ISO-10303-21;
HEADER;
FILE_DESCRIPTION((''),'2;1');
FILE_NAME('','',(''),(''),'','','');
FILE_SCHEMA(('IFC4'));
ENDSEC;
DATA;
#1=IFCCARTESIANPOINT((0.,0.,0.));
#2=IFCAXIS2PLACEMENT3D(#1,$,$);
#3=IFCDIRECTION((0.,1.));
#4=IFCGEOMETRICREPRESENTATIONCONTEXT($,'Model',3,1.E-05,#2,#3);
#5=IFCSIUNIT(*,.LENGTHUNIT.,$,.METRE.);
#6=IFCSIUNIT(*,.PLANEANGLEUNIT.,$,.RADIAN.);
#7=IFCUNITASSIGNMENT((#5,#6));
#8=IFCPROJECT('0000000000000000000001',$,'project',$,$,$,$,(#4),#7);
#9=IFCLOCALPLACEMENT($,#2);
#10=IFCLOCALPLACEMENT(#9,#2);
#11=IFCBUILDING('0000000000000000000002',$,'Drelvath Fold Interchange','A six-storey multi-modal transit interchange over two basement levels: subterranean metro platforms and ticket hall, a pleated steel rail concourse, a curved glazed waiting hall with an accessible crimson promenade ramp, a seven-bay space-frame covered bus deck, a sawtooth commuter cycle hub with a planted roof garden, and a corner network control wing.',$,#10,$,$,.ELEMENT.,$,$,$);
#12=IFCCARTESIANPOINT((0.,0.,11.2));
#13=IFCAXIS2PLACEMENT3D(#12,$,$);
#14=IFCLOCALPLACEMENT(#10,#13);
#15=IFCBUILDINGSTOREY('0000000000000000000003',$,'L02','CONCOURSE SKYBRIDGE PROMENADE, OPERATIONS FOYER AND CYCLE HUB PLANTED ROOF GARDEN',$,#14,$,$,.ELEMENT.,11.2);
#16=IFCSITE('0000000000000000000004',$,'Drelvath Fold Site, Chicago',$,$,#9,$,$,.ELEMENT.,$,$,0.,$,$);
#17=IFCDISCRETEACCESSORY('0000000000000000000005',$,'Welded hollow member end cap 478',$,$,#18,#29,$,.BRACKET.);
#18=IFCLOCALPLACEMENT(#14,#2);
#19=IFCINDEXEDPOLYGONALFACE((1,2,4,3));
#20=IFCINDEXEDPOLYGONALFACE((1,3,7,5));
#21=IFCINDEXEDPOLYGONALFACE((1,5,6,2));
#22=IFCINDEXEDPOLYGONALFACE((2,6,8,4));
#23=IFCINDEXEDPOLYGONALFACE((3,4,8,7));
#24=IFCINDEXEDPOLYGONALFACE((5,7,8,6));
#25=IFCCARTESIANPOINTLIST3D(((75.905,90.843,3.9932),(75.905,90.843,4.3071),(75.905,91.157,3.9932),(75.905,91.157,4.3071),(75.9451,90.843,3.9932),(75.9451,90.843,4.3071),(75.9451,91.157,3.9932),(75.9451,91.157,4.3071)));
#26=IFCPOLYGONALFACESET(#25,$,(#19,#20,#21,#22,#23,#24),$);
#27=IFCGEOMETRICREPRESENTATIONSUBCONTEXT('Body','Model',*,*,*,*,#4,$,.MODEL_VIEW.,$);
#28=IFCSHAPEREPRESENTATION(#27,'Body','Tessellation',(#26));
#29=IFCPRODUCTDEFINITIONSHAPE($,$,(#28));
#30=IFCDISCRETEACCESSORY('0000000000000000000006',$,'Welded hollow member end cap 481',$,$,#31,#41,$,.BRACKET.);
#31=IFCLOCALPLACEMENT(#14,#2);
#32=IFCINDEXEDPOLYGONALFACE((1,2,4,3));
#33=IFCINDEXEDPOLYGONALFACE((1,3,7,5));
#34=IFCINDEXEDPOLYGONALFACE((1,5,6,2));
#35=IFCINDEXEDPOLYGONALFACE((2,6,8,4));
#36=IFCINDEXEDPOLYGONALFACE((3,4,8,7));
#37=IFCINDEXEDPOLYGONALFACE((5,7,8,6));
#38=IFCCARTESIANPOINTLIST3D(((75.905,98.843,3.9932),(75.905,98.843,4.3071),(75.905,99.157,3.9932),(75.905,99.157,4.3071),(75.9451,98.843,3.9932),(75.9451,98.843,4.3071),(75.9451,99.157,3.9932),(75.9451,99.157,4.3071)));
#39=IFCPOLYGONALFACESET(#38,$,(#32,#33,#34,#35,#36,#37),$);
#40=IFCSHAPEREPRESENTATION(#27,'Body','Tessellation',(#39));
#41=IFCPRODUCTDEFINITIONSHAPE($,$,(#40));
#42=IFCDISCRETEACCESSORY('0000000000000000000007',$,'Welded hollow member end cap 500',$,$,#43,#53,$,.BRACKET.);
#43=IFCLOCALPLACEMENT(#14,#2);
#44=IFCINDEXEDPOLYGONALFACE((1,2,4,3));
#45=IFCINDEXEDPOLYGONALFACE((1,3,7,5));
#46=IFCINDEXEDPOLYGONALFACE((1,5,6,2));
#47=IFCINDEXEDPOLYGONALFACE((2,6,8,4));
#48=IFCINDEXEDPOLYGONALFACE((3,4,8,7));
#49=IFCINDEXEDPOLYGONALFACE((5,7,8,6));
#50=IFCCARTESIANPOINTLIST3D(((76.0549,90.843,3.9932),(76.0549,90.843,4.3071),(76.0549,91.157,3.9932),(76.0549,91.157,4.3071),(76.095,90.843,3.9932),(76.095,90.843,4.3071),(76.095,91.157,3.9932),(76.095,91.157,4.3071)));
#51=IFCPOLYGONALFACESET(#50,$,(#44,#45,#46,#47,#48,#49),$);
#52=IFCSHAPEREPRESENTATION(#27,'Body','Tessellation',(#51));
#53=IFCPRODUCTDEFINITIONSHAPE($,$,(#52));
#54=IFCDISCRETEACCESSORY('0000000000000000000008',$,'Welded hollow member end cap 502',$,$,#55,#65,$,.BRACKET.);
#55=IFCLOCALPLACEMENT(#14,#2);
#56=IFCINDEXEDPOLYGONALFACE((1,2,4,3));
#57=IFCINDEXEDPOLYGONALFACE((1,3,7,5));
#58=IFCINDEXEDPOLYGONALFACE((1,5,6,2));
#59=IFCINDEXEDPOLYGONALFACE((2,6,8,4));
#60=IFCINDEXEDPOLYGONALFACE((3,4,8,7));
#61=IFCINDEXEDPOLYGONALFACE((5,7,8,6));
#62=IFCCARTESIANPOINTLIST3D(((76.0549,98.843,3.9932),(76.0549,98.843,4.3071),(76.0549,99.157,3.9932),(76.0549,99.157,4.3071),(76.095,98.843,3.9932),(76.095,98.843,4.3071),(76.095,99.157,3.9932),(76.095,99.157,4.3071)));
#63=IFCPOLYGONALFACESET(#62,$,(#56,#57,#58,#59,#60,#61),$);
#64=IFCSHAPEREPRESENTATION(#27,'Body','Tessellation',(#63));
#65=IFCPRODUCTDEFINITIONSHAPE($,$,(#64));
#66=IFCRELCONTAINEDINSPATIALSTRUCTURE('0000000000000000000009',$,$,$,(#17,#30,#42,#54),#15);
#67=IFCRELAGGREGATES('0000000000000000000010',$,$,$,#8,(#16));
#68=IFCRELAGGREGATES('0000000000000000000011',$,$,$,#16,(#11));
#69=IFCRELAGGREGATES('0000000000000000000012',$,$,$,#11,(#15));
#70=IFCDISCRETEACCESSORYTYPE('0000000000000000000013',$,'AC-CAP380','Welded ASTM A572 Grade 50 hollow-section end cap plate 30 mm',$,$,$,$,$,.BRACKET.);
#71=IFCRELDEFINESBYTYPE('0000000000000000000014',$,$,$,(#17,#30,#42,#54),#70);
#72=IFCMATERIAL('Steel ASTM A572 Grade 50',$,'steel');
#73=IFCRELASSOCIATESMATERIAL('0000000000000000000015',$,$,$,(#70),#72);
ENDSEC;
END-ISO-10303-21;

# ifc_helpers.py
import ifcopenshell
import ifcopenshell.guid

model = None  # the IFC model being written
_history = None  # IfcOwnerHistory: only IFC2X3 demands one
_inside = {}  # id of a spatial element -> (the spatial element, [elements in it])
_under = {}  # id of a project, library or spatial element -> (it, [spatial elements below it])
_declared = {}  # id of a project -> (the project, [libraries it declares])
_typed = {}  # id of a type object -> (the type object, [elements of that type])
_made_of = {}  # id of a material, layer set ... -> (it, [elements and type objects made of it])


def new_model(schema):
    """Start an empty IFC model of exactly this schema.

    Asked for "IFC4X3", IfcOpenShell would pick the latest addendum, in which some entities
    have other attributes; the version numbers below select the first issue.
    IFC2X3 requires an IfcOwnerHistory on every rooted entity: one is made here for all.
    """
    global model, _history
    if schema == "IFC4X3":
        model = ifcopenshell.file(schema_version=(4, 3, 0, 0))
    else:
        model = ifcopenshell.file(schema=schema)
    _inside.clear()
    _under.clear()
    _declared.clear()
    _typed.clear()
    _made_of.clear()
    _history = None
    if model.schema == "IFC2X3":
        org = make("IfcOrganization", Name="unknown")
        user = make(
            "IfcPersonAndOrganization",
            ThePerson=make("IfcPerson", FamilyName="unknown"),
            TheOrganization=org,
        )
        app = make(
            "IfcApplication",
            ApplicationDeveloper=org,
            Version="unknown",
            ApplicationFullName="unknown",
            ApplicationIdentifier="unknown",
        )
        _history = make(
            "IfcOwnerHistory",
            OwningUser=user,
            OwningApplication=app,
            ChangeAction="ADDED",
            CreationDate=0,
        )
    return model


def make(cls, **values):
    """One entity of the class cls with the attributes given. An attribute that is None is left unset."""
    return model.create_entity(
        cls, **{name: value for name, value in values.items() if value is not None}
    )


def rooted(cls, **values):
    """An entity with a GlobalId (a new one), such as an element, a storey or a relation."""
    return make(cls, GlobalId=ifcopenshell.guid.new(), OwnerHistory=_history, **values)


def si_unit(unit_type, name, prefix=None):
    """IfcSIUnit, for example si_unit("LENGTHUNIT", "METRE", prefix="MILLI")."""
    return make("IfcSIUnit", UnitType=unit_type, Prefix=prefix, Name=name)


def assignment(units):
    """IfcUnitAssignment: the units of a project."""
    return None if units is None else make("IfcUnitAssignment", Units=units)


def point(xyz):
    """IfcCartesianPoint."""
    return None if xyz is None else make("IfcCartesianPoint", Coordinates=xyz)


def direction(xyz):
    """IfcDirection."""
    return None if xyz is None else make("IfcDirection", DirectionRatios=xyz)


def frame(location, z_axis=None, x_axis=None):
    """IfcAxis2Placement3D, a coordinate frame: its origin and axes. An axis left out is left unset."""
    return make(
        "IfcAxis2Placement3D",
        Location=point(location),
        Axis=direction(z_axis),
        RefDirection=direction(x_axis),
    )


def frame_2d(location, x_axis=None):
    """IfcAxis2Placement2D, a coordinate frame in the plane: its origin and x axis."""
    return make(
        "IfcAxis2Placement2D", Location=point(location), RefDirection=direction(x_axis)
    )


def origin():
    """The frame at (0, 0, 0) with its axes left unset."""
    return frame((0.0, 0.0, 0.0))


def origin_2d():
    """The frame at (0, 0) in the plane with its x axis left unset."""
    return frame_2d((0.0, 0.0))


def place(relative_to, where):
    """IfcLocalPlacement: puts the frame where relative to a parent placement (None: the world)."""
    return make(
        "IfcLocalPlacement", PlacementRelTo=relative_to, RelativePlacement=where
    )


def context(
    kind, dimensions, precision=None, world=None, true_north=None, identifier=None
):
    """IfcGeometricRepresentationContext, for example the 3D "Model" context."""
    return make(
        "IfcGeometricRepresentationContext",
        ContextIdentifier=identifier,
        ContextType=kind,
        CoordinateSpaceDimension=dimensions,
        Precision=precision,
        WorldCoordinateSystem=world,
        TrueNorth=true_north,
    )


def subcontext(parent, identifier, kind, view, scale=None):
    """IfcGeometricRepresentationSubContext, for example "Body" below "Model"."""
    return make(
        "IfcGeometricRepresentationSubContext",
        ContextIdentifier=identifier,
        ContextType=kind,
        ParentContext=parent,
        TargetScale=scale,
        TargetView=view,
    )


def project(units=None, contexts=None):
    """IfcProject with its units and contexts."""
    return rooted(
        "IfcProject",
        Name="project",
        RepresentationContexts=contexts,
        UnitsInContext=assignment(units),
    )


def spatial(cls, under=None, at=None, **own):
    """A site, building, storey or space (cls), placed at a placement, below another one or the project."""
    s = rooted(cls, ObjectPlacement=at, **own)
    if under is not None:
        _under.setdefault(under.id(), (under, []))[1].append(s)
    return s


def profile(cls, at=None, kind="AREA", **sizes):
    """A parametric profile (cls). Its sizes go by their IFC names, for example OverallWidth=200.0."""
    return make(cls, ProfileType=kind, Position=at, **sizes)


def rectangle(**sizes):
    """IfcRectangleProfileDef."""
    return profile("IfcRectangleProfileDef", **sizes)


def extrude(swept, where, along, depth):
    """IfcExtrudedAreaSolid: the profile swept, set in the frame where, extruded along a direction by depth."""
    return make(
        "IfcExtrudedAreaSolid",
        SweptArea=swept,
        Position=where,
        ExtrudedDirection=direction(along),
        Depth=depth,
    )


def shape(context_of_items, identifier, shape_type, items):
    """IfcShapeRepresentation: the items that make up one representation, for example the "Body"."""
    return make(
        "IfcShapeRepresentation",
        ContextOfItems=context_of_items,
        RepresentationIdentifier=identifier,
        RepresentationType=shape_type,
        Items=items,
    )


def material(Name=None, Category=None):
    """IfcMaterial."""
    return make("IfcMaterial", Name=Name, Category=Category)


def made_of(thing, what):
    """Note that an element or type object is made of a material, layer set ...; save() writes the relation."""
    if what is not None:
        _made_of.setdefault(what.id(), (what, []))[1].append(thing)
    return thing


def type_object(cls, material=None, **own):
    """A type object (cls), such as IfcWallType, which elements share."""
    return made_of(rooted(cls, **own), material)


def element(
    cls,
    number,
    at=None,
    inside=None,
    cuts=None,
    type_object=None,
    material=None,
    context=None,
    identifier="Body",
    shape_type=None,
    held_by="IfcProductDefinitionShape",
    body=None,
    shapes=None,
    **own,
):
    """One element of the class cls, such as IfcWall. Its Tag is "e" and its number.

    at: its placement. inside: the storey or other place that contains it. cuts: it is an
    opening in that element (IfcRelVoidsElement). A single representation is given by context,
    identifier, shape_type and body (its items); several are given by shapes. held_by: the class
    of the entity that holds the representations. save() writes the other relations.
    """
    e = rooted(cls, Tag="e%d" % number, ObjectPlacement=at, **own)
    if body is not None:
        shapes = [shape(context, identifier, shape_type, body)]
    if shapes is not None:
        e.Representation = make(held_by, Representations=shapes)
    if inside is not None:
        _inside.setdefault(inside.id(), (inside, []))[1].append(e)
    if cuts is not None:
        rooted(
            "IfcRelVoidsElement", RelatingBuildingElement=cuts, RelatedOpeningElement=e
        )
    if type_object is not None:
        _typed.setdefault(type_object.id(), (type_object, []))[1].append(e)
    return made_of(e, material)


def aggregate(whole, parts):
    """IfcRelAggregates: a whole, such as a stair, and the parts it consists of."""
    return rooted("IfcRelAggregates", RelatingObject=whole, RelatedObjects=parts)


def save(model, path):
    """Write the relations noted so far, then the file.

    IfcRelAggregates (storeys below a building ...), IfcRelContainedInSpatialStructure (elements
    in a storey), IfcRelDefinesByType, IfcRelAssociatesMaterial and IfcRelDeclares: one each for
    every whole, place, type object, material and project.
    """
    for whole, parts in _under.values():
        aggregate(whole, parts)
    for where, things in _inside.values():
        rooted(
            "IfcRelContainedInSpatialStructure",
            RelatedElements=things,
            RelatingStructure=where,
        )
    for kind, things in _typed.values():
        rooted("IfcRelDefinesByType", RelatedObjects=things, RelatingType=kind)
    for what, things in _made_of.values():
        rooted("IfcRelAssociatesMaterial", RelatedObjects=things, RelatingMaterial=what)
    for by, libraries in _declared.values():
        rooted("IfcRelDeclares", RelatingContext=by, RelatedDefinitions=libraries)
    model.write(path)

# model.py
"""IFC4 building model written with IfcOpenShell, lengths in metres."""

from ifc_helpers import new_model, si_unit, direction, frame, origin, origin_2d, place, context, subcontext, project, spatial, rectangle, extrude, material, type_object, element, save


model = new_model("IFC4")

# Units and contexts
model_context = context("Model", 3, precision=1e-05, world=origin(), true_north=direction((0.0, 1.0)))
body_context = subcontext(model_context, "Body", "Model", "MODEL_VIEW")
ifc_project = project(units=[si_unit("LENGTHUNIT", "METRE"), si_unit("PLANEANGLEUNIT", "RADIAN")], contexts=[model_context])

# Site, building, storey
site_placement = place(None, origin())
site = spatial("IfcSite", under=ifc_project, at=site_placement, Name="Drelvath Fold Site, Chicago", CompositionType="ELEMENT", RefElevation=0.0)
building_placement = place(site_placement, origin())
building = spatial("IfcBuilding", under=site, at=building_placement, Name="Drelvath Fold Interchange", Description="A six-storey multi-modal transit interchange over two basement levels: subterranean metro platforms and ticket hall, a pleated steel rail concourse, a curved glazed waiting hall with an accessible crimson promenade ramp, a seven-bay space-frame covered bus deck, a sawtooth commuter cycle hub with a planted roof garden, and a corner network control wing.", CompositionType="ELEMENT")
storey_placement = place(building_placement, frame((0.0, 0.0, 11.2)))
storey = spatial("IfcBuildingStorey", under=building, at=storey_placement, Name="L02", Description="CONCOURSE SKYBRIDGE PROMENADE, OPERATIONS FOYER AND CYCLE HUB PLANTED ROOF GARDEN", CompositionType="ELEMENT", Elevation=11.2)

# Discrete accessories
ifc_material_1 = material(Name="Steel ASTM A572 Grade 50", Category="steel")
discrete_accessory_type = type_object("IfcDiscreteAccessoryType", Name="AC-CAP380", Description="Welded ASTM A572 Grade 50 hollow-section end cap plate 30 mm", PredefinedType="BRACKET", material=ifc_material_1)
for number, where, z_axis, x_axis, name in (
    (1, (75.925, 91.0, 3.9932), (0.0, 0.0, 1.0), (1.0, 0.0, 0.0), "Welded hollow member end cap 478"),
    (2, (75.925, 99.0, 3.9932), (0.0, 0.0, 1.0), (1.0, 0.0, 0.0), "Welded hollow member end cap 481"),
    (3, (76.075, 91.0, 3.9932), (0.0, 0.0, 1.0), (1.0, 0.0, 0.0), "Welded hollow member end cap 500"),
    (4, (76.075, 99.0, 3.9932), (0.0, 0.0, 1.0), (1.0, 0.0, 0.0), "Welded hollow member end cap 502"),
):
    element("IfcDiscreteAccessory", number, at=place(storey_placement, frame(where, z_axis=z_axis, x_axis=x_axis)), inside=storey, type_object=discrete_accessory_type, Name=name, PredefinedType="BRACKET", context=body_context, shape_type="SweptSolid", body=[
        extrude(rectangle(XDim=0.04, YDim=0.314, at=origin_2d()), origin(), (0.0, 0.0, 1.0), 0.314),
    ])

save(model, "model.ifc")
